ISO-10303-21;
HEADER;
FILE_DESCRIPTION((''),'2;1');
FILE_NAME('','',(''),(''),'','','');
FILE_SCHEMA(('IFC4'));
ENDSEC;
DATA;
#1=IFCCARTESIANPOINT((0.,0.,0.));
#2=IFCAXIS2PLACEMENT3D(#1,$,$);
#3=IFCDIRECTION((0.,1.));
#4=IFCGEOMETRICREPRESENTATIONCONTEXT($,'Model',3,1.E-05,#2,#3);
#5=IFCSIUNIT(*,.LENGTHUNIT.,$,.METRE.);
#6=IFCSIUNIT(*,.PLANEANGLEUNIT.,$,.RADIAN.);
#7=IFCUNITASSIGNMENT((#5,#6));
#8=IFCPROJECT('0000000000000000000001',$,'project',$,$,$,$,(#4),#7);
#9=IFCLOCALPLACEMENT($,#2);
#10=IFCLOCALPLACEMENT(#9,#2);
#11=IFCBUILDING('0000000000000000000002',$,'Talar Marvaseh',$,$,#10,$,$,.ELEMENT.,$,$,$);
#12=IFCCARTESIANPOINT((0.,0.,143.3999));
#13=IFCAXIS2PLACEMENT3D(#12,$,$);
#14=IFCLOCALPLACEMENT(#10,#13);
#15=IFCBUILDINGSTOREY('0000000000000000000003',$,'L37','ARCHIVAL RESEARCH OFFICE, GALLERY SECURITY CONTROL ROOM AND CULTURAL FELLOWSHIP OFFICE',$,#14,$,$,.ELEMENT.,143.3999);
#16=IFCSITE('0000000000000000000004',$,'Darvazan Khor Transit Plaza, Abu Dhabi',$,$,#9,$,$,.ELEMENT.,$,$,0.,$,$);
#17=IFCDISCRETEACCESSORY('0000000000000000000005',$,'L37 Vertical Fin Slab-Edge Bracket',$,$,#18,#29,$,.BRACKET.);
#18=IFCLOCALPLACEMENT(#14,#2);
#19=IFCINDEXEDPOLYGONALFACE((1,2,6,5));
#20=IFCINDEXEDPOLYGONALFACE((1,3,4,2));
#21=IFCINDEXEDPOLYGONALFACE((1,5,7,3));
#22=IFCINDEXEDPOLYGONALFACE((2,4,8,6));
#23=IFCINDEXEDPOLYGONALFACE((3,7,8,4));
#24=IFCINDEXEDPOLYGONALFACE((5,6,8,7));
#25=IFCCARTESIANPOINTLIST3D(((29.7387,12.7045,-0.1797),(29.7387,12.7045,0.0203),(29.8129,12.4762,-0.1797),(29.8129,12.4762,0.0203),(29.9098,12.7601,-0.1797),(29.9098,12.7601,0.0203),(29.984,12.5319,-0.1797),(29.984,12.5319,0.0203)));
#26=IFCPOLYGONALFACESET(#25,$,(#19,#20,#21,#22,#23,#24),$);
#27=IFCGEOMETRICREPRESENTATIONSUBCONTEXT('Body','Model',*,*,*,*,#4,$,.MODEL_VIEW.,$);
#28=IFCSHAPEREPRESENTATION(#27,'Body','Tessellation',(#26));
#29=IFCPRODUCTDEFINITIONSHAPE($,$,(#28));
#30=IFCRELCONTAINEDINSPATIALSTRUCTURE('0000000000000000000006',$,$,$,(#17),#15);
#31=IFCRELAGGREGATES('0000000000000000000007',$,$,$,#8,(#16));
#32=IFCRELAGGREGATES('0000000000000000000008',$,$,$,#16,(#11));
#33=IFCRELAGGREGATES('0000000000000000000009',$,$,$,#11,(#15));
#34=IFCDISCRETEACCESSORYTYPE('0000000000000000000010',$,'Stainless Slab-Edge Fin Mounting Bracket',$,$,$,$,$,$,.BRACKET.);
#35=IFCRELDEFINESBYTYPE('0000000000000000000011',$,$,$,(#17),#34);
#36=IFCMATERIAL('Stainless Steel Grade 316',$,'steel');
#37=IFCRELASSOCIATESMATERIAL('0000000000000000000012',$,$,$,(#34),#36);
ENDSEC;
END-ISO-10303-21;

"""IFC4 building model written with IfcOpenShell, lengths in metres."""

from ifc_helpers import new_model, si_unit, direction, frame, origin, origin_2d, place, context, subcontext, project, spatial, rectangle, extrude, source, transform, mapped, material, type_object, type_shapes, element, save


model = new_model("IFC4")

# Units and contexts
model_context = context("Model", 3, precision=1e-05, world=origin(), true_north=direction((0.0, 1.0)))
body_context = subcontext(model_context, "Body", "Model", "MODEL_VIEW")
ifc_project = project(units=[si_unit("LENGTHUNIT", "METRE"), si_unit("PLANEANGLEUNIT", "RADIAN")], contexts=[model_context])

# Site, building, storey
site_placement = place(None, origin())
site = spatial("IfcSite", under=ifc_project, at=site_placement, Name="Darvazan Khor Transit Plaza, Abu Dhabi", CompositionType="ELEMENT", RefElevation=0.0)
building_placement = place(site_placement, origin())
building = spatial("IfcBuilding", under=site, at=building_placement, Name="Talar Marvaseh", CompositionType="ELEMENT")
storey_placement = place(building_placement, frame((0.0, 0.0, 143.3999)))
storey = spatial("IfcBuildingStorey", under=building, at=storey_placement, Name="L37", Description="ARCHIVAL RESEARCH OFFICE, GALLERY SECURITY CONTROL ROOM AND CULTURAL FELLOWSHIP OFFICE", CompositionType="ELEMENT", Elevation=143.3999)

# Shared definitions
ifc_material_1 = material(Name="Stainless Steel Grade 316", Category="steel")

# Discrete accessory
discrete_accessory_type = type_object("IfcDiscreteAccessoryType", Name="Stainless Slab-Edge Fin Mounting Bracket", PredefinedType="BRACKET", material=ifc_material_1)
shared_shape_1 = source(origin(), body_context, "Body", "SweptSolid", [
    extrude(rectangle(XDim=0.24, YDim=0.1799, at=origin_2d()), origin(), (0.0, 0.0, 1.0), 0.2),
])
type_shapes(discrete_accessory_type, [shared_shape_1])
discrete_accessory_placement = place(storey_placement, frame((29.8613, 12.6182, -0.1797), z_axis=(0.0, 0.0, 1.0), x_axis=(0.309183, -0.951003, 0.0)))
element("IfcDiscreteAccessory", 1, at=discrete_accessory_placement, inside=storey, type_object=discrete_accessory_type, Name="L37 Vertical Fin Slab-Edge Bracket", PredefinedType="BRACKET", context=body_context, shape_type="MappedRepresentation", body=[
    mapped(shared_shape_1, transform((0.0, 0.0, 0.0), x_axis=(1.0, 0.0, 0.0), y_axis=(0.0, 1.0, 0.0), z_axis=(0.0, 0.0, 1.0), scale=1.0)),
])

save(model, "model.ifc")
